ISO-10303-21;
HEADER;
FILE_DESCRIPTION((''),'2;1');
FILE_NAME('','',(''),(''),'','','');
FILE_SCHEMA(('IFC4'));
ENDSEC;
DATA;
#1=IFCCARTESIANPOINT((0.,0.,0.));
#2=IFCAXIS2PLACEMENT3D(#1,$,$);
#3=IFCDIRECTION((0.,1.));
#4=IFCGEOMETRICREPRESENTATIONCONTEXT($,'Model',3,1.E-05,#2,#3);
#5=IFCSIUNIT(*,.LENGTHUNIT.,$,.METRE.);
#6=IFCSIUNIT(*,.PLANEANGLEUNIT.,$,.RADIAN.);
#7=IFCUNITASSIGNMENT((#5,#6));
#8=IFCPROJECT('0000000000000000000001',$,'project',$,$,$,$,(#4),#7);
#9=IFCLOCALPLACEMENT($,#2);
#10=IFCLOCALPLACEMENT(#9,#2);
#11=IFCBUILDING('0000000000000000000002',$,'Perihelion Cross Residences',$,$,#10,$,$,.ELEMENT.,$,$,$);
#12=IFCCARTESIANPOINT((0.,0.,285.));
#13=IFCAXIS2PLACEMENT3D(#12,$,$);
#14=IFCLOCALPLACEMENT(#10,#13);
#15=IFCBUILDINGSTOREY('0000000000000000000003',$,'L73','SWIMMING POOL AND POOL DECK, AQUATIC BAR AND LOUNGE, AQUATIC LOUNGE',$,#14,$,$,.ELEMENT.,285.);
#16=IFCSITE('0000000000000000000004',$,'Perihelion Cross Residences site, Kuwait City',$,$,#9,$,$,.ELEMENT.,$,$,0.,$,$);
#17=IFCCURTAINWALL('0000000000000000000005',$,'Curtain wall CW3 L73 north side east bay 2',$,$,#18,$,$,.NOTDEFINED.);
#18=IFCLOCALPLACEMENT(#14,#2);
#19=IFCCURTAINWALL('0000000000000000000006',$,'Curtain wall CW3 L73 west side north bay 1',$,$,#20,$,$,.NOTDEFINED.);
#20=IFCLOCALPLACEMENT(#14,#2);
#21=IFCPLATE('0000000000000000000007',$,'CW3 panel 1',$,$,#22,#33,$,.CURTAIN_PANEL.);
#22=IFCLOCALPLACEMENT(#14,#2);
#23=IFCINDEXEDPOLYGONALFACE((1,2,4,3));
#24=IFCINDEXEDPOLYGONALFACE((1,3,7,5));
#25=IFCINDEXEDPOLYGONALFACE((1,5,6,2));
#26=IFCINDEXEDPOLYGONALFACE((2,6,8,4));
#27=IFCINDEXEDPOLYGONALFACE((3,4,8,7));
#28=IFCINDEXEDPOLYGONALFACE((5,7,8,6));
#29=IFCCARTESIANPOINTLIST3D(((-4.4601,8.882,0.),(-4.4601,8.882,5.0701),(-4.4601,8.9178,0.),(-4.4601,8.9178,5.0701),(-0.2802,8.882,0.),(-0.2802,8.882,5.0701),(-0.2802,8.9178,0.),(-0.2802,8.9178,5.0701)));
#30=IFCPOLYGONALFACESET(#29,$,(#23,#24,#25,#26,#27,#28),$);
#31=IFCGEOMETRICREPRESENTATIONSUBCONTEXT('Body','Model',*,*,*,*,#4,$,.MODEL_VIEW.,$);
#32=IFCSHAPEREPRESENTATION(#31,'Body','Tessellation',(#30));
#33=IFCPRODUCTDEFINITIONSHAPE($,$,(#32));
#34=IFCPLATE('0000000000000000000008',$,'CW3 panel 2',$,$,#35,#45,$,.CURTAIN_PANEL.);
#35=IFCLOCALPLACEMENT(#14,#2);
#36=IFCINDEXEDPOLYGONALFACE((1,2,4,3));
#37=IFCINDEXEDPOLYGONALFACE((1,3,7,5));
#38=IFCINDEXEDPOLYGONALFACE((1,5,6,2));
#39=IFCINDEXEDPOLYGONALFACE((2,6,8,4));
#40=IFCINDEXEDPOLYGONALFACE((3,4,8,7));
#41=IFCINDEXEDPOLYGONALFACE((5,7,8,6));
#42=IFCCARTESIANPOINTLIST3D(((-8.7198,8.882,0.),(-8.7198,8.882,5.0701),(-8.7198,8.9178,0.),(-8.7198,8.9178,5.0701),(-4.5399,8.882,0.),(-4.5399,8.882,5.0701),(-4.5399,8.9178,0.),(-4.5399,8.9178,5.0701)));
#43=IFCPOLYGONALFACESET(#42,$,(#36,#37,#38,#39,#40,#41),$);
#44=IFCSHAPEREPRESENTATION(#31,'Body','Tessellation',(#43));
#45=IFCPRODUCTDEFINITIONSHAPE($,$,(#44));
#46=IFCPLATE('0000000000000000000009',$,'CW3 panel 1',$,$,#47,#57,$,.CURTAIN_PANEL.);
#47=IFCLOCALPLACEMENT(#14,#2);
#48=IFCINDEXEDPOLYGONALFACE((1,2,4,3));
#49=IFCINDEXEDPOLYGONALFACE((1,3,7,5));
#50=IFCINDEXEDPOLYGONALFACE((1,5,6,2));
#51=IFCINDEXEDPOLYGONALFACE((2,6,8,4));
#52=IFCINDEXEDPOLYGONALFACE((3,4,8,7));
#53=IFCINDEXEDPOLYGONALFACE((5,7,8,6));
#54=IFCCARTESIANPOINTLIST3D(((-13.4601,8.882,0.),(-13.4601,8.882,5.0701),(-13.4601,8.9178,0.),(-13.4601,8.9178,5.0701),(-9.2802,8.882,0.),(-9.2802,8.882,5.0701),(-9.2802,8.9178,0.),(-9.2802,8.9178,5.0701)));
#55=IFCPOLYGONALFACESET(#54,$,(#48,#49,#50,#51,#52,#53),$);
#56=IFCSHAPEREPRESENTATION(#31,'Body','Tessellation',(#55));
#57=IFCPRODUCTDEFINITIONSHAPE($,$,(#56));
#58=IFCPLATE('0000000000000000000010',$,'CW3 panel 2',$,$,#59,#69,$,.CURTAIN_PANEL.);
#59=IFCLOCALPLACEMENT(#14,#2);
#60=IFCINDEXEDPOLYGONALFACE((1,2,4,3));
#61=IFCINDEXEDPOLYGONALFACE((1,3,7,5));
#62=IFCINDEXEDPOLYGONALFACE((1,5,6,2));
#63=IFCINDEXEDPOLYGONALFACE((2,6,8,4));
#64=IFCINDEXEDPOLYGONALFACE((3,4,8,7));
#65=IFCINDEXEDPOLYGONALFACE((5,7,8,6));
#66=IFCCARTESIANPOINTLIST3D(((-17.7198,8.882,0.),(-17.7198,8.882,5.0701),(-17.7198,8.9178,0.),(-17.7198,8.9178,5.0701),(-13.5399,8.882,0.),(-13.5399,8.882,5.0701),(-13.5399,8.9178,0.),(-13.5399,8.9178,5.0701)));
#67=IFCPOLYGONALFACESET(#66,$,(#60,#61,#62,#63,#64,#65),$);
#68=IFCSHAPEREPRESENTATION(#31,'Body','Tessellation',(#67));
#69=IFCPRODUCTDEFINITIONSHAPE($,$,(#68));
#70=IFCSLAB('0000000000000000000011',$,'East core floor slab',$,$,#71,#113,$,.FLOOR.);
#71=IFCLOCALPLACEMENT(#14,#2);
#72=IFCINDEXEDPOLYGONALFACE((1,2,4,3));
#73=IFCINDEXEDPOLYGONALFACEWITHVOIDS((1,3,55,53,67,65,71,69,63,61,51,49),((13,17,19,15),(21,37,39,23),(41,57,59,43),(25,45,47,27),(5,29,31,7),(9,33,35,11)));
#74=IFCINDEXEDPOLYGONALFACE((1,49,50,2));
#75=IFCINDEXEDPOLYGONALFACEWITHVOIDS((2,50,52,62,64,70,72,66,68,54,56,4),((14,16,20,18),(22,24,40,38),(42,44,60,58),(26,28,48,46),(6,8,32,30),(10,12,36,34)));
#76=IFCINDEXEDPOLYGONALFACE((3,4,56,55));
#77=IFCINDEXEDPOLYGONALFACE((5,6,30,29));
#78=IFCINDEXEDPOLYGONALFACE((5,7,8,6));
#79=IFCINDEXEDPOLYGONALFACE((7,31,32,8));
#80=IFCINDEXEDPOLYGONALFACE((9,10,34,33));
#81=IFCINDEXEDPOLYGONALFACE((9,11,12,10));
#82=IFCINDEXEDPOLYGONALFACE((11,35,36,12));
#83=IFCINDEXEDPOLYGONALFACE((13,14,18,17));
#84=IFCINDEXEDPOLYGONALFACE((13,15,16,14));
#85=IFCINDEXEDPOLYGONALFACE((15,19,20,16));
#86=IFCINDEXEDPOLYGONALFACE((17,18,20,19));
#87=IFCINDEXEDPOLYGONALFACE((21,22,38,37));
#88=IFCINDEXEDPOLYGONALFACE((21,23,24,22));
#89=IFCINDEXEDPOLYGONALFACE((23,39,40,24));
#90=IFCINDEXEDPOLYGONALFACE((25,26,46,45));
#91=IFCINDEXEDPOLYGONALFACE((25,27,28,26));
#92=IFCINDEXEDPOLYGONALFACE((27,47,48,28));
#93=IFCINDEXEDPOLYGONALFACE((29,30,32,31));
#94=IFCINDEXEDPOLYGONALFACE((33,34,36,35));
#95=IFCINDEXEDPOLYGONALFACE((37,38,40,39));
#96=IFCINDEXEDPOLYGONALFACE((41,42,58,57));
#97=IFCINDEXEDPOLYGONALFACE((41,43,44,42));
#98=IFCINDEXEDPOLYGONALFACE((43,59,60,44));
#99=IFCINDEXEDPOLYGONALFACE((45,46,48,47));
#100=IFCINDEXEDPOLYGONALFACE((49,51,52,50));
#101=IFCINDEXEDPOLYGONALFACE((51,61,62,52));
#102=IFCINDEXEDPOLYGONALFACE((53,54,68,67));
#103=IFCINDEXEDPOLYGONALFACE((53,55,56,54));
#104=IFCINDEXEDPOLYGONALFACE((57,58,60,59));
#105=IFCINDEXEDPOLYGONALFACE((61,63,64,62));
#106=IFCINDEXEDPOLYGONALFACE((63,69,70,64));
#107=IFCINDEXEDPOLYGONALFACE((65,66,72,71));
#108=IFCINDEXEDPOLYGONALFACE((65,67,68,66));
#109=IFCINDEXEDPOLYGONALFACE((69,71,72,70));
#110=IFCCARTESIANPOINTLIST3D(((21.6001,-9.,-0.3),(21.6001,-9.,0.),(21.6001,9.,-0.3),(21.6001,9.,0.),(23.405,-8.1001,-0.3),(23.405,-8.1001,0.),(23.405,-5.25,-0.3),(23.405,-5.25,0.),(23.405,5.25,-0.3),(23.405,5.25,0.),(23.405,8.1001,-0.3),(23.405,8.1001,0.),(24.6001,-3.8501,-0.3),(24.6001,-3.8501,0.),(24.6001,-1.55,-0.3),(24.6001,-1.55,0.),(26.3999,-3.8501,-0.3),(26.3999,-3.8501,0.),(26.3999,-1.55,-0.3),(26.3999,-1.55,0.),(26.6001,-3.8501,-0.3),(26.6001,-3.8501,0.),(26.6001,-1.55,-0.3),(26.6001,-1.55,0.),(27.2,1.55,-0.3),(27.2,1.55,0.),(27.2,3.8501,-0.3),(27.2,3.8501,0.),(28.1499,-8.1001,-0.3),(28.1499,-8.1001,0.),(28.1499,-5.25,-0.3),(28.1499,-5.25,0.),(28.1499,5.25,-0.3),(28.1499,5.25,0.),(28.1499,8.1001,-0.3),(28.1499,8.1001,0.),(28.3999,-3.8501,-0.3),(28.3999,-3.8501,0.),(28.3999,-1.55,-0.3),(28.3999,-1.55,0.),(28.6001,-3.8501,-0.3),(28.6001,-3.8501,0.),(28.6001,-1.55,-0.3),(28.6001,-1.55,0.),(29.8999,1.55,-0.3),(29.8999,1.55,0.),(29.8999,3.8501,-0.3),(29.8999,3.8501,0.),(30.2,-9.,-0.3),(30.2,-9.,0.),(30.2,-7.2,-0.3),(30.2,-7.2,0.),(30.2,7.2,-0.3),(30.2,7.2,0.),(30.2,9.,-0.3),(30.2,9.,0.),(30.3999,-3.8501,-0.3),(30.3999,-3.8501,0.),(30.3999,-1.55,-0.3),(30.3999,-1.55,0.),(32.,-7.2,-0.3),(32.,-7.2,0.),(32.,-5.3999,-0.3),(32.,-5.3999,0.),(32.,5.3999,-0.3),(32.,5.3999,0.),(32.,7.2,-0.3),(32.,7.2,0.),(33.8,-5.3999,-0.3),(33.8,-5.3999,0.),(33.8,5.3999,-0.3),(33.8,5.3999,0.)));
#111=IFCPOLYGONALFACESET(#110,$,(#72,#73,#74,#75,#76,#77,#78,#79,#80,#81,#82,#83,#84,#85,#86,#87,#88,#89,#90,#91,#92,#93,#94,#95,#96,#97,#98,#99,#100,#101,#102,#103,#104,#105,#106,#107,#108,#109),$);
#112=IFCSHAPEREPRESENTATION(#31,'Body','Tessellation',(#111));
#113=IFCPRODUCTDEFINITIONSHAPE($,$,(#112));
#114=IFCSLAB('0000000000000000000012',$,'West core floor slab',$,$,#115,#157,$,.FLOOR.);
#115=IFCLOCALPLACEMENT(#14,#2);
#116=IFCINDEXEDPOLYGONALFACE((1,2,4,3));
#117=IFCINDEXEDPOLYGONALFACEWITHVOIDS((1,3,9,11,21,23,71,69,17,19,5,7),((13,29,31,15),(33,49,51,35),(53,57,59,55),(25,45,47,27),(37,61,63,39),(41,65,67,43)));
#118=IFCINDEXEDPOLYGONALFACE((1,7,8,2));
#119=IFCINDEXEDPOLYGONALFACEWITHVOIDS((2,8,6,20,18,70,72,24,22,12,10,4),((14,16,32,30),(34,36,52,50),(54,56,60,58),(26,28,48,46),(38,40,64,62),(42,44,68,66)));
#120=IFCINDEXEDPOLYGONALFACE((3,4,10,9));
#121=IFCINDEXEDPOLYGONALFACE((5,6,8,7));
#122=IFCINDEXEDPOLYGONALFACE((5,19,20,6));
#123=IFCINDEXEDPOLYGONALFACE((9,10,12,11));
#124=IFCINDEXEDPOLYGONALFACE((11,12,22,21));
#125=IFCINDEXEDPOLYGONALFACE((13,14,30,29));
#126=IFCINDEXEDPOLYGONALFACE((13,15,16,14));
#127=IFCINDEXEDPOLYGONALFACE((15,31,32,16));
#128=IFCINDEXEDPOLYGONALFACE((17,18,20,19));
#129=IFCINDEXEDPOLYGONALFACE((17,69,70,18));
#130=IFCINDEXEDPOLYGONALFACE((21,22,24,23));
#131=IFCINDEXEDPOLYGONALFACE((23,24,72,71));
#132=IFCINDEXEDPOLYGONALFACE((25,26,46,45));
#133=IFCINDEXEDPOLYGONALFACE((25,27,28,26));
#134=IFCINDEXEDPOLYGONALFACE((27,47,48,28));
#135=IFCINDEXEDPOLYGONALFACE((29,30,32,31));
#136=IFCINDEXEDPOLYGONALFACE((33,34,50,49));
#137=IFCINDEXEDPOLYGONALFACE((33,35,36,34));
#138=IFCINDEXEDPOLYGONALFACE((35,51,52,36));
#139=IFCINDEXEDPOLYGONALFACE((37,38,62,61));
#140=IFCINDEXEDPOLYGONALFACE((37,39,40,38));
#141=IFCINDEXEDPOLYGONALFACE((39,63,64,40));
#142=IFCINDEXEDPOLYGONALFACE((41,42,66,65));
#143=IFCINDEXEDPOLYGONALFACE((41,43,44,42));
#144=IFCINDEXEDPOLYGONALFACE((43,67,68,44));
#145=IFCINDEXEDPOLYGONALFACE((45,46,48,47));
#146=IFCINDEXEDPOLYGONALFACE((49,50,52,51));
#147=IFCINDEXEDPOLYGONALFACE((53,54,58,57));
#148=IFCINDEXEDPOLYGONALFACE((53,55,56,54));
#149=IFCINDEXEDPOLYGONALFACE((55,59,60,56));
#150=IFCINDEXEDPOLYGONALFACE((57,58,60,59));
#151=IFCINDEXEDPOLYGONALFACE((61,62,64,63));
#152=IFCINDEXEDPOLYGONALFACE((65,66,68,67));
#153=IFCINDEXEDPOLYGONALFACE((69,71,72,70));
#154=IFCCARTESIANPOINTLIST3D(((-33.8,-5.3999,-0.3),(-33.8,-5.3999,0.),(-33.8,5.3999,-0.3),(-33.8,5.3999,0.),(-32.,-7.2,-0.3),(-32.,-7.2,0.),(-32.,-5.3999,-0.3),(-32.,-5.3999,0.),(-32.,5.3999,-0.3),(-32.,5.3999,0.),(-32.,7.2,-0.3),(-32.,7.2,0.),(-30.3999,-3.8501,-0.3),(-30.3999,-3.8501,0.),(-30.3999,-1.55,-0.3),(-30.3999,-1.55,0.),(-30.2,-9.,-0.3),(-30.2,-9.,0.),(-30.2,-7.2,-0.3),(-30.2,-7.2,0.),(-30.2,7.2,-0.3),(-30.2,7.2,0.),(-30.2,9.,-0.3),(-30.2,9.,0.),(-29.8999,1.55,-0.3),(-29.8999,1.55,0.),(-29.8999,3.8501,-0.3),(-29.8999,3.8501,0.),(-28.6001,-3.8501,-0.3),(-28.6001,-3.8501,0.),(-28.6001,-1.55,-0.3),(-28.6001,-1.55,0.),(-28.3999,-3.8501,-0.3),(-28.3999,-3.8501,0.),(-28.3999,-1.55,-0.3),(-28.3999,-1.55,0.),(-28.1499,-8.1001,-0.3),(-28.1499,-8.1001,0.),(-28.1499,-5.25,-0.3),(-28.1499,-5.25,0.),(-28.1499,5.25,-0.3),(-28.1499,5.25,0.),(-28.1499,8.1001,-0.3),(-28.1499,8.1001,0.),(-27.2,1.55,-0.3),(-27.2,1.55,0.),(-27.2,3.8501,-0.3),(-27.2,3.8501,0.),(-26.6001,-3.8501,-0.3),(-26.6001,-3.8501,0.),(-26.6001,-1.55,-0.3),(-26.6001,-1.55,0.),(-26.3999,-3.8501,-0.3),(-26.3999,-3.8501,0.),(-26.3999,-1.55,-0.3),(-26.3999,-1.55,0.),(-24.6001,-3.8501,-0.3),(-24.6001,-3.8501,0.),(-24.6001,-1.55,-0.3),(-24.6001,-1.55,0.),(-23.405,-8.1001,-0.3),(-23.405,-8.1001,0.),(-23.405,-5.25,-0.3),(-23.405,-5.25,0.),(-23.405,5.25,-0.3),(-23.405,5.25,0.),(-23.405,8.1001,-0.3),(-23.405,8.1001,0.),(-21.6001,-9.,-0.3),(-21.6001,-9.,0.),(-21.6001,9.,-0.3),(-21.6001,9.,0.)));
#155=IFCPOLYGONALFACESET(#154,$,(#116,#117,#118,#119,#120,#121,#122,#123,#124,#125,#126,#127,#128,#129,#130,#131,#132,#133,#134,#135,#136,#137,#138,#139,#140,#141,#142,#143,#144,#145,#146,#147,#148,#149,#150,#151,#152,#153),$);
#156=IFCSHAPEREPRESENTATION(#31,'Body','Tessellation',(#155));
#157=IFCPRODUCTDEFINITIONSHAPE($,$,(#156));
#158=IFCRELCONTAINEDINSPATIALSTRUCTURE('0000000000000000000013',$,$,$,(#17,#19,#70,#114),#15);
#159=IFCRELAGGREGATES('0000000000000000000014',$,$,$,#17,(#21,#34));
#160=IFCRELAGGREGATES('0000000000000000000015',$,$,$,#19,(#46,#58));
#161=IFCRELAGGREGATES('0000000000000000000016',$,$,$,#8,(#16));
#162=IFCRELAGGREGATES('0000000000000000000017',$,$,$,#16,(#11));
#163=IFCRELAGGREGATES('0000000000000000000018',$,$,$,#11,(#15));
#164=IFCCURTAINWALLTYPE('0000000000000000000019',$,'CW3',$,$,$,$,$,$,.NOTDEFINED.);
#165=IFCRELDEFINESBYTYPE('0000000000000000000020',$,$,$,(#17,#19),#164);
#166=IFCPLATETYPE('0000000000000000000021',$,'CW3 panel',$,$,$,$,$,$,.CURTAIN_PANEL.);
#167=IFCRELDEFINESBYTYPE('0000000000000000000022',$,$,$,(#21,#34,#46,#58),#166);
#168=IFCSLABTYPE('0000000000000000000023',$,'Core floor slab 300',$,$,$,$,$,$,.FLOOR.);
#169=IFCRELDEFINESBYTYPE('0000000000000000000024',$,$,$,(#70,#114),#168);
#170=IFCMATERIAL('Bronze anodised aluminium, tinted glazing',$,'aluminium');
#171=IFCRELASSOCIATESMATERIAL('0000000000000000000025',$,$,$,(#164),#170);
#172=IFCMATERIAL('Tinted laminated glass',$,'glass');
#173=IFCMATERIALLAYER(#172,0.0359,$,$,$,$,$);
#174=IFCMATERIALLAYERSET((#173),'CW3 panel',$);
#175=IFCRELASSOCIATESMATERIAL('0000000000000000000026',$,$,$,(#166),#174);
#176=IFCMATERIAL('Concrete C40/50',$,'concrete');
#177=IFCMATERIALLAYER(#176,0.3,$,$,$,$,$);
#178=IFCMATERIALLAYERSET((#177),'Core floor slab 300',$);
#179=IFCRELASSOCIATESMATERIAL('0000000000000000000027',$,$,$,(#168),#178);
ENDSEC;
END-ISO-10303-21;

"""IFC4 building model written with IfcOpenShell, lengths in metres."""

from ifc_helpers import new_model, si_unit, direction, frame, origin, origin_2d, place, context, subcontext, project, spatial, polyline, rectangle, outline, extrude, material, layer, layer_set, type_object, element, aggregate, save


model = new_model("IFC4")

# Units and contexts
model_context = context("Model", 3, precision=1e-05, world=origin(), true_north=direction((0.0, 1.0)))
body_context = subcontext(model_context, "Body", "Model", "MODEL_VIEW")
ifc_project = project(units=[si_unit("LENGTHUNIT", "METRE"), si_unit("PLANEANGLEUNIT", "RADIAN")], contexts=[model_context])

# Site, building, storey
site_placement = place(None, origin())
site = spatial("IfcSite", under=ifc_project, at=site_placement, Name="Perihelion Cross Residences site, Kuwait City", CompositionType="ELEMENT", RefElevation=0.0)
building_placement = place(site_placement, origin())
building = spatial("IfcBuilding", under=site, at=building_placement, Name="Perihelion Cross Residences", CompositionType="ELEMENT")
storey_placement = place(building_placement, frame((0.0, 0.0, 285.0)))
storey = spatial("IfcBuildingStorey", under=building, at=storey_placement, Name="L73", Description="SWIMMING POOL AND POOL DECK, AQUATIC BAR AND LOUNGE, AQUATIC LOUNGE", CompositionType="ELEMENT", Elevation=285.0)

# Curtain walls
ifc_material_1 = material(Name="Bronze anodised aluminium, tinted glazing", Category="aluminium")
curtain_wall_type = type_object("IfcCurtainWallType", Name="CW3", PredefinedType="NOTDEFINED", material=ifc_material_1)
curtain_wall_1_placement = place(storey_placement, origin())
curtain_wall_1 = element("IfcCurtainWall", 1, at=curtain_wall_1_placement, inside=storey, type_object=curtain_wall_type, Name="Curtain wall CW3 L73 north side east bay 2", PredefinedType="NOTDEFINED")
curtain_wall_2_placement = place(storey_placement, origin())
curtain_wall_2 = element("IfcCurtainWall", 2, at=curtain_wall_2_placement, inside=storey, type_object=curtain_wall_type, Name="Curtain wall CW3 L73 west side north bay 1", PredefinedType="NOTDEFINED")

# Plates
ifc_material_2 = material(Name="Tinted laminated glass", Category="glass")
ifc_layer_1 = layer(ifc_material_2, 0.0359)
ifc_layer_set_1 = layer_set([ifc_layer_1], Name="CW3 panel")
plate_type = type_object("IfcPlateType", Name="CW3 panel", PredefinedType="CURTAIN_PANEL", material=ifc_layer_set_1)
plate_1_placement = place(storey_placement, frame((-2.3701, 8.8999, 0.0), z_axis=(0.0, 0.0, 1.0), x_axis=(-1.0, 0.0, 0.0)))
plate_1 = element("IfcPlate", 3, at=plate_1_placement, type_object=plate_type, Name="CW3 panel 1", PredefinedType="CURTAIN_PANEL", context=body_context, shape_type="SweptSolid", body=[
    extrude(rectangle(XDim=4.1799, YDim=0.0359, at=origin_2d()), origin(), (0.0, 0.0, 1.0), 5.0701),
])
plate_2_placement = place(storey_placement, frame((-6.6299, 8.8999, 0.0), z_axis=(0.0, 0.0, 1.0), x_axis=(-1.0, 0.0, 0.0)))
plate_2 = element("IfcPlate", 4, at=plate_2_placement, type_object=plate_type, Name="CW3 panel 2", PredefinedType="CURTAIN_PANEL", context=body_context, shape_type="SweptSolid", body=[
    extrude(rectangle(XDim=4.1799, YDim=0.0359, at=origin_2d()), origin(), (0.0, 0.0, 1.0), 5.0701),
])
aggregate(curtain_wall_1, [plate_1, plate_2])
plate_3_placement = place(storey_placement, frame((-11.3701, 8.8999, 0.0), z_axis=(0.0, 0.0, 1.0), x_axis=(-1.0, 0.0, 0.0)))
plate_3 = element("IfcPlate", 5, at=plate_3_placement, type_object=plate_type, Name="CW3 panel 1", PredefinedType="CURTAIN_PANEL", context=body_context, shape_type="SweptSolid", body=[
    extrude(rectangle(XDim=4.1799, YDim=0.0359, at=origin_2d()), origin(), (0.0, 0.0, 1.0), 5.0701),
])
plate_4_placement = place(storey_placement, frame((-15.6299, 8.8999, 0.0), z_axis=(0.0, 0.0, 1.0), x_axis=(-1.0, 0.0, 0.0)))
plate_4 = element("IfcPlate", 6, at=plate_4_placement, type_object=plate_type, Name="CW3 panel 2", PredefinedType="CURTAIN_PANEL", context=body_context, shape_type="SweptSolid", body=[
    extrude(rectangle(XDim=4.1799, YDim=0.0359, at=origin_2d()), origin(), (0.0, 0.0, 1.0), 5.0701),
])
aggregate(curtain_wall_2, [plate_3, plate_4])

# Slabs
ifc_material_3 = material(Name="Concrete C40/50", Category="concrete")
ifc_layer_2 = layer(ifc_material_3, 0.3)
ifc_layer_set_2 = layer_set([ifc_layer_2], Name="Core floor slab 300")
slab_type = type_object("IfcSlabType", Name="Core floor slab 300", PredefinedType="FLOOR", material=ifc_layer_set_2)
slab_1_placement = place(storey_placement, frame((0.0, 0.0, -0.3)))
element("IfcSlab", 7, at=slab_1_placement, inside=storey, type_object=slab_type, Name="East core floor slab", PredefinedType="FLOOR", context=body_context, shape_type="SweptSolid", body=[
    extrude(outline(polyline([(30.2, 7.2), (32.0, 7.2), (32.0, 5.3999), (33.8, 5.3999), (33.8, -5.3999), (32.0, -5.3999), (32.0, -7.2), (30.2, -7.2), (30.2, -9.0), (21.6001, -9.0), (21.6001, 9.0), (30.2, 9.0), (30.2, 7.2)]), holes=[polyline([(28.1499, -8.1001), (28.1499, -5.25), (23.405, -5.25), (23.405, -8.1001), (28.1499, -8.1001)]), polyline([(24.6001, -1.55), (24.6001, -3.8501), (26.3999, -3.8501), (26.3999, -1.55), (24.6001, -1.55)]), polyline([(26.6001, -1.55), (26.6001, -3.8501), (28.3999, -3.8501), (28.3999, -1.55), (26.6001, -1.55)]), polyline([(28.6001, -3.8501), (30.3999, -3.8501), (30.3999, -1.55), (28.6001, -1.55), (28.6001, -3.8501)]), polyline([(27.2, 3.8501), (27.2, 1.55), (29.8999, 1.55), (29.8999, 3.8501), (27.2, 3.8501)]), polyline([(23.405, 5.25), (28.1499, 5.25), (28.1499, 8.1001), (23.405, 8.1001), (23.405, 5.25)])]), origin(), (0.0, 0.0, 1.0), 0.3),
])
slab_2_placement = place(storey_placement, frame((0.0, 0.0, -0.3)))
element("IfcSlab", 8, at=slab_2_placement, inside=storey, type_object=slab_type, Name="West core floor slab", PredefinedType="FLOOR", context=body_context, shape_type="SweptSolid", body=[
    extrude(outline(polyline([(-30.2, 7.2), (-32.0, 7.2), (-32.0, 5.3999), (-33.8, 5.3999), (-33.8, -5.3999), (-32.0, -5.3999), (-32.0, -7.2), (-30.2, -7.2), (-30.2, -9.0), (-21.6001, -9.0), (-21.6001, 9.0), (-30.2, 9.0), (-30.2, 7.2)]), holes=[polyline([(-28.1499, -8.1001), (-28.1499, -5.25), (-23.405, -5.25), (-23.405, -8.1001), (-28.1499, -8.1001)]), polyline([(-24.6001, -1.55), (-24.6001, -3.8501), (-26.3999, -3.8501), (-26.3999, -1.55), (-24.6001, -1.55)]), polyline([(-26.6001, -1.55), (-26.6001, -3.8501), (-28.3999, -3.8501), (-28.3999, -1.55), (-26.6001, -1.55)]), polyline([(-28.6001, -3.8501), (-30.3999, -3.8501), (-30.3999, -1.55), (-28.6001, -1.55), (-28.6001, -3.8501)]), polyline([(-27.2, 3.8501), (-27.2, 1.55), (-29.8999, 1.55), (-29.8999, 3.8501), (-27.2, 3.8501)]), polyline([(-23.405, 5.25), (-28.1499, 5.25), (-28.1499, 8.1001), (-23.405, 8.1001), (-23.405, 5.25)])]), origin(), (0.0, 0.0, 1.0), 0.3),
])

save(model, "model.ifc")
